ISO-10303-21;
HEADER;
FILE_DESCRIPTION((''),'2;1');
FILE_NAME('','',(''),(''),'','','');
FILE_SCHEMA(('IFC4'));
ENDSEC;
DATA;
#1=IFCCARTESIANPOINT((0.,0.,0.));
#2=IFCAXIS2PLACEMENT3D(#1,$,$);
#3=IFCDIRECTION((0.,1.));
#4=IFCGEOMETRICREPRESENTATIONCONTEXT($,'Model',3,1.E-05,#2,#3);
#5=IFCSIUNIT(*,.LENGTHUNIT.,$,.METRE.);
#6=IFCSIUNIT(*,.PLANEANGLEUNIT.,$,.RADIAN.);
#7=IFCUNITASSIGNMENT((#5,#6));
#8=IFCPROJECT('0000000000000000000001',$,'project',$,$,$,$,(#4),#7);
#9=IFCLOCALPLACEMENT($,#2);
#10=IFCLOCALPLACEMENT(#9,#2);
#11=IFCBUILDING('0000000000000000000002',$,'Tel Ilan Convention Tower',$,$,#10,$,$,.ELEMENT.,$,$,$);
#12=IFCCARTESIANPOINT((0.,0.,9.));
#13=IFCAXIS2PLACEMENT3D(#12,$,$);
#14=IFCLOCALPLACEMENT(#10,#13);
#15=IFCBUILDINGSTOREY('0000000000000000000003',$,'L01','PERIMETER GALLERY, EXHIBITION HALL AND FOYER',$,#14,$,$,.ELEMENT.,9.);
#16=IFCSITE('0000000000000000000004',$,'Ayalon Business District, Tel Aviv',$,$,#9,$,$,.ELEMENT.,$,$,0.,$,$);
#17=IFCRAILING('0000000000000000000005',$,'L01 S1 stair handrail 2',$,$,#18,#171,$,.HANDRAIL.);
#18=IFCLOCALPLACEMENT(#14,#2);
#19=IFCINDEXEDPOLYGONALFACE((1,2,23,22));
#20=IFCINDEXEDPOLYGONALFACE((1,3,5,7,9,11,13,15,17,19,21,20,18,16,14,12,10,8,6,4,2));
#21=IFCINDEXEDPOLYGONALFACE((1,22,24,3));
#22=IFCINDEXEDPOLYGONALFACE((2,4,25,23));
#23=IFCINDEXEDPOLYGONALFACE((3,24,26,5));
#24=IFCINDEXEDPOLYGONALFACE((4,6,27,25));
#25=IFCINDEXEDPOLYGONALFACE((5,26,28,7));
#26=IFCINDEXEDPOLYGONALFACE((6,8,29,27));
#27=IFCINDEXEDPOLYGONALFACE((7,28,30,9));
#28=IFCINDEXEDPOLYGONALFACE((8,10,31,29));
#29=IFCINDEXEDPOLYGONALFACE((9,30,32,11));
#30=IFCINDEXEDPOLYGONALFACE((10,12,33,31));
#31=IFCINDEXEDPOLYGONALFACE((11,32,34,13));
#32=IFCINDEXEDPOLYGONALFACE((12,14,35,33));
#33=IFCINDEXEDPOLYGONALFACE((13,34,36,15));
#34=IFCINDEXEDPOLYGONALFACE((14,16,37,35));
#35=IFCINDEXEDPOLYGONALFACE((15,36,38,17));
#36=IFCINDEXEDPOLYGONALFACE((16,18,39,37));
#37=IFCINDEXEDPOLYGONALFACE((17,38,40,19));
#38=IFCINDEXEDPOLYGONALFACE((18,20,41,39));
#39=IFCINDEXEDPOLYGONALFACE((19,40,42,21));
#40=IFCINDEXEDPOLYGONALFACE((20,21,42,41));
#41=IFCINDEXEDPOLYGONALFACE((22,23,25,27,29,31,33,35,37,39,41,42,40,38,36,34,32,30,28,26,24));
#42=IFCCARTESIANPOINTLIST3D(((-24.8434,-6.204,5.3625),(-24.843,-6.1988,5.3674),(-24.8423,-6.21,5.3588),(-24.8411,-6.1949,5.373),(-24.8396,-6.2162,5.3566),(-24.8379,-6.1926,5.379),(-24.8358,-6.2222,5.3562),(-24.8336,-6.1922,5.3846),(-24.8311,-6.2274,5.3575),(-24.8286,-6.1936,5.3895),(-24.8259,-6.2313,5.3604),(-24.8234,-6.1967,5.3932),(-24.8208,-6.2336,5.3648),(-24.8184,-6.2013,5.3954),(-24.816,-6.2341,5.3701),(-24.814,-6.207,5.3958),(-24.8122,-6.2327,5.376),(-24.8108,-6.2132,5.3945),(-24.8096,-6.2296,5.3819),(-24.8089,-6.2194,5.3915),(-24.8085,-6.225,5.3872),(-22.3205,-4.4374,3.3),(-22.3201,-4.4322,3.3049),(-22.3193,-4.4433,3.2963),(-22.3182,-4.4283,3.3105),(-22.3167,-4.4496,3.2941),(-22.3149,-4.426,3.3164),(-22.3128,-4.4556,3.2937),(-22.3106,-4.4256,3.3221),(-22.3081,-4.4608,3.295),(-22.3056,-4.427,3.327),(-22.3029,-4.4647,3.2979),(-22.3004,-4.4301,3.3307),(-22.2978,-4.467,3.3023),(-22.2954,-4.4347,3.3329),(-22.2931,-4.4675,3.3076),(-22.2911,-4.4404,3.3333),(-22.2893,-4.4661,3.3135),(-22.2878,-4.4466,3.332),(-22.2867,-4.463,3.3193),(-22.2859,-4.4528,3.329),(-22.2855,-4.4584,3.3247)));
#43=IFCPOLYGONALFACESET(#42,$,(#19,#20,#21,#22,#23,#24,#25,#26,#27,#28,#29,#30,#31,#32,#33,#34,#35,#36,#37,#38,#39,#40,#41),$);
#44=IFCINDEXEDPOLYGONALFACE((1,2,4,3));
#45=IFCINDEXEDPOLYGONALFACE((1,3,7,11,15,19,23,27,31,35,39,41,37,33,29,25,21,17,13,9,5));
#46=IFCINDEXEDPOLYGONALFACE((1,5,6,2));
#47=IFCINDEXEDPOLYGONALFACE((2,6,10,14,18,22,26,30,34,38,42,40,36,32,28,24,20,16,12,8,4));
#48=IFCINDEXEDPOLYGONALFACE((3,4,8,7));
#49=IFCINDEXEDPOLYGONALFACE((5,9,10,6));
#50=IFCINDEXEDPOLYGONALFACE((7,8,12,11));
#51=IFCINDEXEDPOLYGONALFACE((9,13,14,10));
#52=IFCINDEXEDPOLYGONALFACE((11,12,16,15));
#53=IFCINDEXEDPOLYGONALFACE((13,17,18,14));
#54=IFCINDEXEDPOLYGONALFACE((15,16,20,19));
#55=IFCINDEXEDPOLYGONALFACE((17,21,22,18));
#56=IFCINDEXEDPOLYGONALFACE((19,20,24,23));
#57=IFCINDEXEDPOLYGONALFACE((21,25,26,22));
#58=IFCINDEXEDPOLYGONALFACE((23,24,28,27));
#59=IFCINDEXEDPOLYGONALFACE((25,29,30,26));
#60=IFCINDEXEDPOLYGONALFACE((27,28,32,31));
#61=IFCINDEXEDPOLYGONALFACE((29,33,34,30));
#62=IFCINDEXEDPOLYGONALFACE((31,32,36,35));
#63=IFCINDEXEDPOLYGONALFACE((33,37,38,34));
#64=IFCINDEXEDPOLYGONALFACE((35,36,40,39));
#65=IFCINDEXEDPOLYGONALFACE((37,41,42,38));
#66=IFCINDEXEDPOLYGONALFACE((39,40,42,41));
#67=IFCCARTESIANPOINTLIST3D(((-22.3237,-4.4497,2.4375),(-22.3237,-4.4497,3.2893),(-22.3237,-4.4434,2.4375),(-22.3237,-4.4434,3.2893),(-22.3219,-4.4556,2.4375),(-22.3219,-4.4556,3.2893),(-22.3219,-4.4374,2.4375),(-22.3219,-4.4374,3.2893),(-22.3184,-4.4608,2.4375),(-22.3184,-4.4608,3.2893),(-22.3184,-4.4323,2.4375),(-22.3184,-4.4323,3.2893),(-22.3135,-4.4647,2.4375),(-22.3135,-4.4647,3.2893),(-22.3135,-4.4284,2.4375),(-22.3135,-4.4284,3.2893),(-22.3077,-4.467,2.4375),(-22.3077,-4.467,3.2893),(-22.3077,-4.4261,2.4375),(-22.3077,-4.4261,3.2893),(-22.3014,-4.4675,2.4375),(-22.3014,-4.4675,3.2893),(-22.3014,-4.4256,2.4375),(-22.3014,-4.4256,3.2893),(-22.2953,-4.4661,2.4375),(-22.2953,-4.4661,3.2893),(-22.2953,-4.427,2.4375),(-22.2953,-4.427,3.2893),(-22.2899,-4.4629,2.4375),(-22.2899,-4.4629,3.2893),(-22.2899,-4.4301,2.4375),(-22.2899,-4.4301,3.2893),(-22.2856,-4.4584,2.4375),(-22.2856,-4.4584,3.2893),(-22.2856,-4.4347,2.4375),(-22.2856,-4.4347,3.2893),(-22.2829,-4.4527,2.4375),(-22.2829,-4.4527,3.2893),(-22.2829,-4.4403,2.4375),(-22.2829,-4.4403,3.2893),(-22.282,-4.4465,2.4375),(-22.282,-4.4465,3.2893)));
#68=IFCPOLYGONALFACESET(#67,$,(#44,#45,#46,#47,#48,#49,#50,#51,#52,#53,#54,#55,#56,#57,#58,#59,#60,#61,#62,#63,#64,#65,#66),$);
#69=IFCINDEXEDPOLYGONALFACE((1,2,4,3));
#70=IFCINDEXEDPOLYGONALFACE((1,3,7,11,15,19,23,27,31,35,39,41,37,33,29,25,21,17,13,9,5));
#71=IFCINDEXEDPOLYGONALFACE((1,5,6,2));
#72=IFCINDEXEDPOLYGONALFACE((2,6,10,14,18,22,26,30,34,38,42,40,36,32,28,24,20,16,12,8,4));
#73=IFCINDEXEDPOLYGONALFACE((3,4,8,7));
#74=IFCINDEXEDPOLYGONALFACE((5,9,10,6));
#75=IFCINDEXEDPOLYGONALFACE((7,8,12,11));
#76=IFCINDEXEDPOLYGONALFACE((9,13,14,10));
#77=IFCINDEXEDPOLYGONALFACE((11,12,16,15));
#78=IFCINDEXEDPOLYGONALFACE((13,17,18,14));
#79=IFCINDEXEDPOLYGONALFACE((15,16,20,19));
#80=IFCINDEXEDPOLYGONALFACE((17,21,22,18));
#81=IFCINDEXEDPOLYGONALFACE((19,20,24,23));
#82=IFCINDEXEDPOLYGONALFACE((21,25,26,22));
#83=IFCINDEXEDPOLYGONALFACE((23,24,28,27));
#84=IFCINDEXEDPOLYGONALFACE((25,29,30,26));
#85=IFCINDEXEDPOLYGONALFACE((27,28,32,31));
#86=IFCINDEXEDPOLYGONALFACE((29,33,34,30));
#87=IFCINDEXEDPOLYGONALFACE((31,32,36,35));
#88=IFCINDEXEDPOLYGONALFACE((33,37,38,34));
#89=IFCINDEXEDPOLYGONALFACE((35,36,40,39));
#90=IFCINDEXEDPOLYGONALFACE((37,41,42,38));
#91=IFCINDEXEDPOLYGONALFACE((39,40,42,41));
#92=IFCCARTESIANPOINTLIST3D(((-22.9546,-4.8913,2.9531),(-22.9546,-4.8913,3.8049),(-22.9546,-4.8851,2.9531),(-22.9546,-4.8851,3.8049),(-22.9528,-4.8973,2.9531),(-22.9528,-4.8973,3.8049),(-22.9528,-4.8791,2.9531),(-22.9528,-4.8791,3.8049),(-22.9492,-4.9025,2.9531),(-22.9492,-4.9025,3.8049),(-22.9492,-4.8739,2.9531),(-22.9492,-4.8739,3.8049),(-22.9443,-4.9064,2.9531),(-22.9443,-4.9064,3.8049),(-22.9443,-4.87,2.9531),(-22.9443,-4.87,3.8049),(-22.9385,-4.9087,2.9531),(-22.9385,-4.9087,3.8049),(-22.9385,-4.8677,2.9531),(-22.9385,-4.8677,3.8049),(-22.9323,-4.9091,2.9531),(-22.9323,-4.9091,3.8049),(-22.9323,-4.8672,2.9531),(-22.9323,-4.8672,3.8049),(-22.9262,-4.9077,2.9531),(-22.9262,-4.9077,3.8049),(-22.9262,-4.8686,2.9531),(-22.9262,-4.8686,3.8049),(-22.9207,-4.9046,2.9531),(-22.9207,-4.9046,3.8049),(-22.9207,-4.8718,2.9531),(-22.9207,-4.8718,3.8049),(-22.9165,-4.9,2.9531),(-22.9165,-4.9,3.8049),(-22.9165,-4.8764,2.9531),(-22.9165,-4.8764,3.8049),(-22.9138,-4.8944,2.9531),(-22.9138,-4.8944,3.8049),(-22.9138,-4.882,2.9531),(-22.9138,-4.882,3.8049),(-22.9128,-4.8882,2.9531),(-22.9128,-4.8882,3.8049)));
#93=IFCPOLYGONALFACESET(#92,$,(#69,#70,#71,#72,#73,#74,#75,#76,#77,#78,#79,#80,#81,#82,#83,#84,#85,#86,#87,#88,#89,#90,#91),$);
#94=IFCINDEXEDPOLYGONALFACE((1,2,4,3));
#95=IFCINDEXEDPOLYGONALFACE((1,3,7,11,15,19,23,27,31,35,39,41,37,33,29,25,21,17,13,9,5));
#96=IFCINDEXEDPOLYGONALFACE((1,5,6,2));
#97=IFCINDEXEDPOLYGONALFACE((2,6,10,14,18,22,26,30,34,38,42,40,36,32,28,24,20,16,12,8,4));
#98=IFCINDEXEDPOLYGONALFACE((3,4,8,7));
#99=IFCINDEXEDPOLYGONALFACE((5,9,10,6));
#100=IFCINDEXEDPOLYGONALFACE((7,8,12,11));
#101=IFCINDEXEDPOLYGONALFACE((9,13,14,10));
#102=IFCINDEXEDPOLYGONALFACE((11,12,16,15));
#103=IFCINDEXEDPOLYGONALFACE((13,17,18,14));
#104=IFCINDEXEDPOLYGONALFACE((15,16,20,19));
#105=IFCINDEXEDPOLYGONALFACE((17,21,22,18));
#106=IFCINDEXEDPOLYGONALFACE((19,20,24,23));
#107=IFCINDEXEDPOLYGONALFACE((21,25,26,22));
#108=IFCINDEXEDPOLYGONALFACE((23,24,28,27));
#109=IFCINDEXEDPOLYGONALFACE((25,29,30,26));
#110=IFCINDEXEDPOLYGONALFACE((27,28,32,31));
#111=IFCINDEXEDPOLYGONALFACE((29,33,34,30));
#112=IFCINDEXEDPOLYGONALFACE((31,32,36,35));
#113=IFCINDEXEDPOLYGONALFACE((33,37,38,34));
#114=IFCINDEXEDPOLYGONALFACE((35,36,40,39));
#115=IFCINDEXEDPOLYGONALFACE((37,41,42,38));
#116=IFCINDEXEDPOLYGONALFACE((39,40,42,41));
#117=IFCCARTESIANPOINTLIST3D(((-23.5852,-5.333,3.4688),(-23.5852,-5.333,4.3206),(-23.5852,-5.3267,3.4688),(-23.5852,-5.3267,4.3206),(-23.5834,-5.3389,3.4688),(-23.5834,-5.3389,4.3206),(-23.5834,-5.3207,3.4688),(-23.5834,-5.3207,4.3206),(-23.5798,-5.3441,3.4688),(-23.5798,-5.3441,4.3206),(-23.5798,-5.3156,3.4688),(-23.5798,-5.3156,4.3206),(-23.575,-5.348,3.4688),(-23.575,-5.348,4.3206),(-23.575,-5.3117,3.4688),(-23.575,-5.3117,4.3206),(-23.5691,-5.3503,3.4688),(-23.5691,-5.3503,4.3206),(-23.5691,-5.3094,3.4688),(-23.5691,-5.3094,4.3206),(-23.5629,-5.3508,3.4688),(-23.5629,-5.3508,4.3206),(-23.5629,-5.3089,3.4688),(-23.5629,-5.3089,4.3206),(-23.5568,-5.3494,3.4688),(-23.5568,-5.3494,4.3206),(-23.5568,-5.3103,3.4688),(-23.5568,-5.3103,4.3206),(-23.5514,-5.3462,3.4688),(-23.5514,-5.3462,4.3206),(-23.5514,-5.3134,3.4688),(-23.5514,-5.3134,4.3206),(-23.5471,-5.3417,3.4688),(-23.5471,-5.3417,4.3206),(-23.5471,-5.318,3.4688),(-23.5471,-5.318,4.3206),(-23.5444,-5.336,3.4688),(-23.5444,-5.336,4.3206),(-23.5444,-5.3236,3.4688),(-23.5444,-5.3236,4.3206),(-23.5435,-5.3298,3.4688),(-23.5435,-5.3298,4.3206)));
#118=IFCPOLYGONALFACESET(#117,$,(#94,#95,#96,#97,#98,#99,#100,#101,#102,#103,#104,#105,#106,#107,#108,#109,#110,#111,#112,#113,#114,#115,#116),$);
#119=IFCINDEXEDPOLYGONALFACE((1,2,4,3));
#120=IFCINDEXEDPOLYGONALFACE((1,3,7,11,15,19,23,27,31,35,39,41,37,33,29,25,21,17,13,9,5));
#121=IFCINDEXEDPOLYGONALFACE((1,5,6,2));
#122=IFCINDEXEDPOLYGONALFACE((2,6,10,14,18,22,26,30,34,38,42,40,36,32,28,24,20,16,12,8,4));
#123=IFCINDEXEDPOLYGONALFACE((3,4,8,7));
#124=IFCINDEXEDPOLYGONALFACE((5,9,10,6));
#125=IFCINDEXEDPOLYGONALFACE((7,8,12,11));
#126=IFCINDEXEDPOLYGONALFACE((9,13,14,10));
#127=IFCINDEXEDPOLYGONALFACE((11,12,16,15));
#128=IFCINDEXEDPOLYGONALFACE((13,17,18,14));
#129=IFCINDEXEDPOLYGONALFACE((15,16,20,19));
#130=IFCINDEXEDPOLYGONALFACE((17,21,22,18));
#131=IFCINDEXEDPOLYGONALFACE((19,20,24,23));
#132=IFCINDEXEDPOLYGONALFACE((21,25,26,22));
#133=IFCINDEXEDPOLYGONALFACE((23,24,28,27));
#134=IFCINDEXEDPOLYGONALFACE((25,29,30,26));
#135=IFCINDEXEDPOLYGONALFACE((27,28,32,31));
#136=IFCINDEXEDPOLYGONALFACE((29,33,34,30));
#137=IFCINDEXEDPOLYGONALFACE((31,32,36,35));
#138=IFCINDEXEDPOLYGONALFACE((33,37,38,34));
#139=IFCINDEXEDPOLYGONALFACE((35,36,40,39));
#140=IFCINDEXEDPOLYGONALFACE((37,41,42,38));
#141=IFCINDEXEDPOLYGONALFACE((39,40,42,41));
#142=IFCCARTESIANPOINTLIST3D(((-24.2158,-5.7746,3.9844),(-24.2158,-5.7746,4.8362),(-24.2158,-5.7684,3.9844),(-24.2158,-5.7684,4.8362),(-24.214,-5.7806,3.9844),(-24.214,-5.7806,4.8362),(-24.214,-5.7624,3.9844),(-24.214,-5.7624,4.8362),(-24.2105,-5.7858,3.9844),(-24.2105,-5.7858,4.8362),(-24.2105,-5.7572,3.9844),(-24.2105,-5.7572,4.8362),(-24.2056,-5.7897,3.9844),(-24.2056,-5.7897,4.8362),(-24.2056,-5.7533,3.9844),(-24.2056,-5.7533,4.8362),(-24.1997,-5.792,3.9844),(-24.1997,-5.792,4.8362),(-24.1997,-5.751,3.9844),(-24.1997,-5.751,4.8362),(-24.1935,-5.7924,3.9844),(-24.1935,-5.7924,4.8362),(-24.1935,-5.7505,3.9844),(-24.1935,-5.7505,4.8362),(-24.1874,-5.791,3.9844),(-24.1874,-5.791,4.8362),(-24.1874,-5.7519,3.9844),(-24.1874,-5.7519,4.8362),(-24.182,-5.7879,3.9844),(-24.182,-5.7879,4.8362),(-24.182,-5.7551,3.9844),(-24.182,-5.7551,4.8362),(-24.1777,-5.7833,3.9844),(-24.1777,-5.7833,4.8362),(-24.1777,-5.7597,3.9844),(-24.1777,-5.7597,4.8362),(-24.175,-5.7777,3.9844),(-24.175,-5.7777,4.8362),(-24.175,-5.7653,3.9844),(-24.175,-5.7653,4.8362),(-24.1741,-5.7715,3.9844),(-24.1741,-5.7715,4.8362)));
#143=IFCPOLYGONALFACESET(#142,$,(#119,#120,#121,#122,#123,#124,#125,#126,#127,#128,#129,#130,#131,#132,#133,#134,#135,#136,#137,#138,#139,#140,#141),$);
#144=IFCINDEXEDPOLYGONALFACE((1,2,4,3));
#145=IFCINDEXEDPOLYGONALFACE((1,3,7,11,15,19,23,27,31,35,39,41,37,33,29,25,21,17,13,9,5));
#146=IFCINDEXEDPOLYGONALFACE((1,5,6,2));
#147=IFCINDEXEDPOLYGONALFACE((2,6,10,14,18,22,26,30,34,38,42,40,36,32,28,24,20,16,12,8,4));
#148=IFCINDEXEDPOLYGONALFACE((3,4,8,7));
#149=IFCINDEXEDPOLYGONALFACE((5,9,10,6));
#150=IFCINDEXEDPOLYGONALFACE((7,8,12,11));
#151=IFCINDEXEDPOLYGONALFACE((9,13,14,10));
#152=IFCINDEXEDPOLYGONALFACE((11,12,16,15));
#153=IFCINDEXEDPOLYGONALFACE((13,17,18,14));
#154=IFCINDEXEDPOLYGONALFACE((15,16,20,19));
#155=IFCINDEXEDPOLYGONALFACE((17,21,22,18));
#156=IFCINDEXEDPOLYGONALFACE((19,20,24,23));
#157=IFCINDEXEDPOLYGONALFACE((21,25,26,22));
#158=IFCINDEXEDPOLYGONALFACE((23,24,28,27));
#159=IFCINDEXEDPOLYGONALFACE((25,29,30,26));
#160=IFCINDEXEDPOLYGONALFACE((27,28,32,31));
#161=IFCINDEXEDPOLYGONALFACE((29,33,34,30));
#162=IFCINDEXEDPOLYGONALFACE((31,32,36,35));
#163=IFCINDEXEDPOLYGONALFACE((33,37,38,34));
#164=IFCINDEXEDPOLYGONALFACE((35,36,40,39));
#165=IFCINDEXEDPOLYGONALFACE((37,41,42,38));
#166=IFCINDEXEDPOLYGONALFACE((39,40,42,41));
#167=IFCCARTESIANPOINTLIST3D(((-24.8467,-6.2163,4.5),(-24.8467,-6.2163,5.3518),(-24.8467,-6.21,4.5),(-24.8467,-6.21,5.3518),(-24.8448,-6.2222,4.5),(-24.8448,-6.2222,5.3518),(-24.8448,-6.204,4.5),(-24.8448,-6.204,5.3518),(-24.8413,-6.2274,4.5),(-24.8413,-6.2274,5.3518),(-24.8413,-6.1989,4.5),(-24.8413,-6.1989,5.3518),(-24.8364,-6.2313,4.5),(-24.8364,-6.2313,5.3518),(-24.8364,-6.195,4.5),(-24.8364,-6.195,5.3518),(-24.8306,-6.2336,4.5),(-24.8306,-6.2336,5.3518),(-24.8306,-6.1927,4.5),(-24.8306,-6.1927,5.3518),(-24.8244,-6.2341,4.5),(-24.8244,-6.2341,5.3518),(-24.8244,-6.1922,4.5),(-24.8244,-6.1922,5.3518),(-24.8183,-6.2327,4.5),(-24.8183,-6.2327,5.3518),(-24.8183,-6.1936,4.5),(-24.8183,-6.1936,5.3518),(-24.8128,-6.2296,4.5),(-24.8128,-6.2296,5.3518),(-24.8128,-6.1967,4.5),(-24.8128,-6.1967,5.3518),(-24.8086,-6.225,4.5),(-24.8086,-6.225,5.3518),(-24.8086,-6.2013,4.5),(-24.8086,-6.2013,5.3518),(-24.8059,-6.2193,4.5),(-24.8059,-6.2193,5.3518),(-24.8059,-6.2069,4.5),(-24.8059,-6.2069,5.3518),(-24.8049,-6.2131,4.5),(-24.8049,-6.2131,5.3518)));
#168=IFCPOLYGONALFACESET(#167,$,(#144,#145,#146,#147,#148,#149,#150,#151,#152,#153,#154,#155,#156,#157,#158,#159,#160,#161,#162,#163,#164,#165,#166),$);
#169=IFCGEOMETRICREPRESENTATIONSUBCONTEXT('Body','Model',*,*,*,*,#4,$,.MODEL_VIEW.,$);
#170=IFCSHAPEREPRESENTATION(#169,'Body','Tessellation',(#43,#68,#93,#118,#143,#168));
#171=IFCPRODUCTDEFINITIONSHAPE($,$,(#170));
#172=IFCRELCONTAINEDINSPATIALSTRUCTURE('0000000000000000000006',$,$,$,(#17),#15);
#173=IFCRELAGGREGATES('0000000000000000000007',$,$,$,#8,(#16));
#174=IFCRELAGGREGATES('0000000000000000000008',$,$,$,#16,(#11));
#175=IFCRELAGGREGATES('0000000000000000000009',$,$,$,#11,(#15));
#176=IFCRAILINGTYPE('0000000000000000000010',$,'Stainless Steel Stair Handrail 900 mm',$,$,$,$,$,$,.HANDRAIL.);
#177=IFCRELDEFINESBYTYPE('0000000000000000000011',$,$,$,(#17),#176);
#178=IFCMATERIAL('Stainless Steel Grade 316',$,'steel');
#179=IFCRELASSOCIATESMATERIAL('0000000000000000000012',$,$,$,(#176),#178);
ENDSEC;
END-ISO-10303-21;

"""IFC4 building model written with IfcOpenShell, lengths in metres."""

from ifc_helpers import new_model, si_unit, direction, frame, origin, origin_2d, place, context, subcontext, project, spatial, circle, extrude, material, type_object, element, save


model = new_model("IFC4")

# Units and contexts
model_context = context("Model", 3, precision=1e-05, world=origin(), true_north=direction((0.0, 1.0)))
body_context = subcontext(model_context, "Body", "Model", "MODEL_VIEW")
ifc_project = project(units=[si_unit("LENGTHUNIT", "METRE"), si_unit("PLANEANGLEUNIT", "RADIAN")], contexts=[model_context])

# Site, building, storey
site_placement = place(None, origin())
site = spatial("IfcSite", under=ifc_project, at=site_placement, Name="Ayalon Business District, Tel Aviv", CompositionType="ELEMENT", RefElevation=0.0)
building_placement = place(site_placement, origin())
building = spatial("IfcBuilding", under=site, at=building_placement, Name="Tel Ilan Convention Tower", CompositionType="ELEMENT")
storey_placement = place(building_placement, frame((0.0, 0.0, 9.0)))
storey = spatial("IfcBuildingStorey", under=building, at=storey_placement, Name="L01", Description="PERIMETER GALLERY, EXHIBITION HALL AND FOYER", CompositionType="ELEMENT", Elevation=9.0)

# Railing
ifc_material_1 = material(Name="Stainless Steel Grade 316", Category="steel")
railing_type_1 = type_object("IfcRailingType", Name="Stainless Steel Stair Handrail 900 mm", PredefinedType="HANDRAIL", material=ifc_material_1)
railing_1_placement = place(storey_placement, frame((-22.303, -4.4465, 2.4375)))
element("IfcRailing", 1, at=railing_1_placement, inside=storey, type_object=railing_type_1, Name="L01 S1 stair handrail 2", PredefinedType="HANDRAIL", context=body_context, shape_type="SweptSolid", body=[
    extrude(circle(Radius=0.0239, at=origin_2d()), frame((0.0, 0.0, 0.876), z_axis=(-0.680635, -0.476589, 0.556416), x_axis=(0.573579, -0.81915, 0.0)), (0.0, 0.0, 1.0), 3.7068),
    extrude(circle(Radius=0.021, at=origin_2d()), origin(), (0.0, 0.0, 1.0), 0.8518),
    extrude(circle(Radius=0.021, at=origin_2d()), frame((-0.6309, -0.4417, 0.5156)), (0.0, 0.0, 1.0), 0.8518),
    extrude(circle(Radius=0.021, at=origin_2d()), frame((-1.2615, -0.8833, 1.0312)), (0.0, 0.0, 1.0), 0.8518),
    extrude(circle(Radius=0.021, at=origin_2d()), frame((-1.8921, -1.325, 1.5469)), (0.0, 0.0, 1.0), 0.8518),
    extrude(circle(Radius=0.021, at=origin_2d()), frame((-2.5229, -1.7666, 2.0625)), (0.0, 0.0, 1.0), 0.8518),
])

save(model, "model.ifc")
